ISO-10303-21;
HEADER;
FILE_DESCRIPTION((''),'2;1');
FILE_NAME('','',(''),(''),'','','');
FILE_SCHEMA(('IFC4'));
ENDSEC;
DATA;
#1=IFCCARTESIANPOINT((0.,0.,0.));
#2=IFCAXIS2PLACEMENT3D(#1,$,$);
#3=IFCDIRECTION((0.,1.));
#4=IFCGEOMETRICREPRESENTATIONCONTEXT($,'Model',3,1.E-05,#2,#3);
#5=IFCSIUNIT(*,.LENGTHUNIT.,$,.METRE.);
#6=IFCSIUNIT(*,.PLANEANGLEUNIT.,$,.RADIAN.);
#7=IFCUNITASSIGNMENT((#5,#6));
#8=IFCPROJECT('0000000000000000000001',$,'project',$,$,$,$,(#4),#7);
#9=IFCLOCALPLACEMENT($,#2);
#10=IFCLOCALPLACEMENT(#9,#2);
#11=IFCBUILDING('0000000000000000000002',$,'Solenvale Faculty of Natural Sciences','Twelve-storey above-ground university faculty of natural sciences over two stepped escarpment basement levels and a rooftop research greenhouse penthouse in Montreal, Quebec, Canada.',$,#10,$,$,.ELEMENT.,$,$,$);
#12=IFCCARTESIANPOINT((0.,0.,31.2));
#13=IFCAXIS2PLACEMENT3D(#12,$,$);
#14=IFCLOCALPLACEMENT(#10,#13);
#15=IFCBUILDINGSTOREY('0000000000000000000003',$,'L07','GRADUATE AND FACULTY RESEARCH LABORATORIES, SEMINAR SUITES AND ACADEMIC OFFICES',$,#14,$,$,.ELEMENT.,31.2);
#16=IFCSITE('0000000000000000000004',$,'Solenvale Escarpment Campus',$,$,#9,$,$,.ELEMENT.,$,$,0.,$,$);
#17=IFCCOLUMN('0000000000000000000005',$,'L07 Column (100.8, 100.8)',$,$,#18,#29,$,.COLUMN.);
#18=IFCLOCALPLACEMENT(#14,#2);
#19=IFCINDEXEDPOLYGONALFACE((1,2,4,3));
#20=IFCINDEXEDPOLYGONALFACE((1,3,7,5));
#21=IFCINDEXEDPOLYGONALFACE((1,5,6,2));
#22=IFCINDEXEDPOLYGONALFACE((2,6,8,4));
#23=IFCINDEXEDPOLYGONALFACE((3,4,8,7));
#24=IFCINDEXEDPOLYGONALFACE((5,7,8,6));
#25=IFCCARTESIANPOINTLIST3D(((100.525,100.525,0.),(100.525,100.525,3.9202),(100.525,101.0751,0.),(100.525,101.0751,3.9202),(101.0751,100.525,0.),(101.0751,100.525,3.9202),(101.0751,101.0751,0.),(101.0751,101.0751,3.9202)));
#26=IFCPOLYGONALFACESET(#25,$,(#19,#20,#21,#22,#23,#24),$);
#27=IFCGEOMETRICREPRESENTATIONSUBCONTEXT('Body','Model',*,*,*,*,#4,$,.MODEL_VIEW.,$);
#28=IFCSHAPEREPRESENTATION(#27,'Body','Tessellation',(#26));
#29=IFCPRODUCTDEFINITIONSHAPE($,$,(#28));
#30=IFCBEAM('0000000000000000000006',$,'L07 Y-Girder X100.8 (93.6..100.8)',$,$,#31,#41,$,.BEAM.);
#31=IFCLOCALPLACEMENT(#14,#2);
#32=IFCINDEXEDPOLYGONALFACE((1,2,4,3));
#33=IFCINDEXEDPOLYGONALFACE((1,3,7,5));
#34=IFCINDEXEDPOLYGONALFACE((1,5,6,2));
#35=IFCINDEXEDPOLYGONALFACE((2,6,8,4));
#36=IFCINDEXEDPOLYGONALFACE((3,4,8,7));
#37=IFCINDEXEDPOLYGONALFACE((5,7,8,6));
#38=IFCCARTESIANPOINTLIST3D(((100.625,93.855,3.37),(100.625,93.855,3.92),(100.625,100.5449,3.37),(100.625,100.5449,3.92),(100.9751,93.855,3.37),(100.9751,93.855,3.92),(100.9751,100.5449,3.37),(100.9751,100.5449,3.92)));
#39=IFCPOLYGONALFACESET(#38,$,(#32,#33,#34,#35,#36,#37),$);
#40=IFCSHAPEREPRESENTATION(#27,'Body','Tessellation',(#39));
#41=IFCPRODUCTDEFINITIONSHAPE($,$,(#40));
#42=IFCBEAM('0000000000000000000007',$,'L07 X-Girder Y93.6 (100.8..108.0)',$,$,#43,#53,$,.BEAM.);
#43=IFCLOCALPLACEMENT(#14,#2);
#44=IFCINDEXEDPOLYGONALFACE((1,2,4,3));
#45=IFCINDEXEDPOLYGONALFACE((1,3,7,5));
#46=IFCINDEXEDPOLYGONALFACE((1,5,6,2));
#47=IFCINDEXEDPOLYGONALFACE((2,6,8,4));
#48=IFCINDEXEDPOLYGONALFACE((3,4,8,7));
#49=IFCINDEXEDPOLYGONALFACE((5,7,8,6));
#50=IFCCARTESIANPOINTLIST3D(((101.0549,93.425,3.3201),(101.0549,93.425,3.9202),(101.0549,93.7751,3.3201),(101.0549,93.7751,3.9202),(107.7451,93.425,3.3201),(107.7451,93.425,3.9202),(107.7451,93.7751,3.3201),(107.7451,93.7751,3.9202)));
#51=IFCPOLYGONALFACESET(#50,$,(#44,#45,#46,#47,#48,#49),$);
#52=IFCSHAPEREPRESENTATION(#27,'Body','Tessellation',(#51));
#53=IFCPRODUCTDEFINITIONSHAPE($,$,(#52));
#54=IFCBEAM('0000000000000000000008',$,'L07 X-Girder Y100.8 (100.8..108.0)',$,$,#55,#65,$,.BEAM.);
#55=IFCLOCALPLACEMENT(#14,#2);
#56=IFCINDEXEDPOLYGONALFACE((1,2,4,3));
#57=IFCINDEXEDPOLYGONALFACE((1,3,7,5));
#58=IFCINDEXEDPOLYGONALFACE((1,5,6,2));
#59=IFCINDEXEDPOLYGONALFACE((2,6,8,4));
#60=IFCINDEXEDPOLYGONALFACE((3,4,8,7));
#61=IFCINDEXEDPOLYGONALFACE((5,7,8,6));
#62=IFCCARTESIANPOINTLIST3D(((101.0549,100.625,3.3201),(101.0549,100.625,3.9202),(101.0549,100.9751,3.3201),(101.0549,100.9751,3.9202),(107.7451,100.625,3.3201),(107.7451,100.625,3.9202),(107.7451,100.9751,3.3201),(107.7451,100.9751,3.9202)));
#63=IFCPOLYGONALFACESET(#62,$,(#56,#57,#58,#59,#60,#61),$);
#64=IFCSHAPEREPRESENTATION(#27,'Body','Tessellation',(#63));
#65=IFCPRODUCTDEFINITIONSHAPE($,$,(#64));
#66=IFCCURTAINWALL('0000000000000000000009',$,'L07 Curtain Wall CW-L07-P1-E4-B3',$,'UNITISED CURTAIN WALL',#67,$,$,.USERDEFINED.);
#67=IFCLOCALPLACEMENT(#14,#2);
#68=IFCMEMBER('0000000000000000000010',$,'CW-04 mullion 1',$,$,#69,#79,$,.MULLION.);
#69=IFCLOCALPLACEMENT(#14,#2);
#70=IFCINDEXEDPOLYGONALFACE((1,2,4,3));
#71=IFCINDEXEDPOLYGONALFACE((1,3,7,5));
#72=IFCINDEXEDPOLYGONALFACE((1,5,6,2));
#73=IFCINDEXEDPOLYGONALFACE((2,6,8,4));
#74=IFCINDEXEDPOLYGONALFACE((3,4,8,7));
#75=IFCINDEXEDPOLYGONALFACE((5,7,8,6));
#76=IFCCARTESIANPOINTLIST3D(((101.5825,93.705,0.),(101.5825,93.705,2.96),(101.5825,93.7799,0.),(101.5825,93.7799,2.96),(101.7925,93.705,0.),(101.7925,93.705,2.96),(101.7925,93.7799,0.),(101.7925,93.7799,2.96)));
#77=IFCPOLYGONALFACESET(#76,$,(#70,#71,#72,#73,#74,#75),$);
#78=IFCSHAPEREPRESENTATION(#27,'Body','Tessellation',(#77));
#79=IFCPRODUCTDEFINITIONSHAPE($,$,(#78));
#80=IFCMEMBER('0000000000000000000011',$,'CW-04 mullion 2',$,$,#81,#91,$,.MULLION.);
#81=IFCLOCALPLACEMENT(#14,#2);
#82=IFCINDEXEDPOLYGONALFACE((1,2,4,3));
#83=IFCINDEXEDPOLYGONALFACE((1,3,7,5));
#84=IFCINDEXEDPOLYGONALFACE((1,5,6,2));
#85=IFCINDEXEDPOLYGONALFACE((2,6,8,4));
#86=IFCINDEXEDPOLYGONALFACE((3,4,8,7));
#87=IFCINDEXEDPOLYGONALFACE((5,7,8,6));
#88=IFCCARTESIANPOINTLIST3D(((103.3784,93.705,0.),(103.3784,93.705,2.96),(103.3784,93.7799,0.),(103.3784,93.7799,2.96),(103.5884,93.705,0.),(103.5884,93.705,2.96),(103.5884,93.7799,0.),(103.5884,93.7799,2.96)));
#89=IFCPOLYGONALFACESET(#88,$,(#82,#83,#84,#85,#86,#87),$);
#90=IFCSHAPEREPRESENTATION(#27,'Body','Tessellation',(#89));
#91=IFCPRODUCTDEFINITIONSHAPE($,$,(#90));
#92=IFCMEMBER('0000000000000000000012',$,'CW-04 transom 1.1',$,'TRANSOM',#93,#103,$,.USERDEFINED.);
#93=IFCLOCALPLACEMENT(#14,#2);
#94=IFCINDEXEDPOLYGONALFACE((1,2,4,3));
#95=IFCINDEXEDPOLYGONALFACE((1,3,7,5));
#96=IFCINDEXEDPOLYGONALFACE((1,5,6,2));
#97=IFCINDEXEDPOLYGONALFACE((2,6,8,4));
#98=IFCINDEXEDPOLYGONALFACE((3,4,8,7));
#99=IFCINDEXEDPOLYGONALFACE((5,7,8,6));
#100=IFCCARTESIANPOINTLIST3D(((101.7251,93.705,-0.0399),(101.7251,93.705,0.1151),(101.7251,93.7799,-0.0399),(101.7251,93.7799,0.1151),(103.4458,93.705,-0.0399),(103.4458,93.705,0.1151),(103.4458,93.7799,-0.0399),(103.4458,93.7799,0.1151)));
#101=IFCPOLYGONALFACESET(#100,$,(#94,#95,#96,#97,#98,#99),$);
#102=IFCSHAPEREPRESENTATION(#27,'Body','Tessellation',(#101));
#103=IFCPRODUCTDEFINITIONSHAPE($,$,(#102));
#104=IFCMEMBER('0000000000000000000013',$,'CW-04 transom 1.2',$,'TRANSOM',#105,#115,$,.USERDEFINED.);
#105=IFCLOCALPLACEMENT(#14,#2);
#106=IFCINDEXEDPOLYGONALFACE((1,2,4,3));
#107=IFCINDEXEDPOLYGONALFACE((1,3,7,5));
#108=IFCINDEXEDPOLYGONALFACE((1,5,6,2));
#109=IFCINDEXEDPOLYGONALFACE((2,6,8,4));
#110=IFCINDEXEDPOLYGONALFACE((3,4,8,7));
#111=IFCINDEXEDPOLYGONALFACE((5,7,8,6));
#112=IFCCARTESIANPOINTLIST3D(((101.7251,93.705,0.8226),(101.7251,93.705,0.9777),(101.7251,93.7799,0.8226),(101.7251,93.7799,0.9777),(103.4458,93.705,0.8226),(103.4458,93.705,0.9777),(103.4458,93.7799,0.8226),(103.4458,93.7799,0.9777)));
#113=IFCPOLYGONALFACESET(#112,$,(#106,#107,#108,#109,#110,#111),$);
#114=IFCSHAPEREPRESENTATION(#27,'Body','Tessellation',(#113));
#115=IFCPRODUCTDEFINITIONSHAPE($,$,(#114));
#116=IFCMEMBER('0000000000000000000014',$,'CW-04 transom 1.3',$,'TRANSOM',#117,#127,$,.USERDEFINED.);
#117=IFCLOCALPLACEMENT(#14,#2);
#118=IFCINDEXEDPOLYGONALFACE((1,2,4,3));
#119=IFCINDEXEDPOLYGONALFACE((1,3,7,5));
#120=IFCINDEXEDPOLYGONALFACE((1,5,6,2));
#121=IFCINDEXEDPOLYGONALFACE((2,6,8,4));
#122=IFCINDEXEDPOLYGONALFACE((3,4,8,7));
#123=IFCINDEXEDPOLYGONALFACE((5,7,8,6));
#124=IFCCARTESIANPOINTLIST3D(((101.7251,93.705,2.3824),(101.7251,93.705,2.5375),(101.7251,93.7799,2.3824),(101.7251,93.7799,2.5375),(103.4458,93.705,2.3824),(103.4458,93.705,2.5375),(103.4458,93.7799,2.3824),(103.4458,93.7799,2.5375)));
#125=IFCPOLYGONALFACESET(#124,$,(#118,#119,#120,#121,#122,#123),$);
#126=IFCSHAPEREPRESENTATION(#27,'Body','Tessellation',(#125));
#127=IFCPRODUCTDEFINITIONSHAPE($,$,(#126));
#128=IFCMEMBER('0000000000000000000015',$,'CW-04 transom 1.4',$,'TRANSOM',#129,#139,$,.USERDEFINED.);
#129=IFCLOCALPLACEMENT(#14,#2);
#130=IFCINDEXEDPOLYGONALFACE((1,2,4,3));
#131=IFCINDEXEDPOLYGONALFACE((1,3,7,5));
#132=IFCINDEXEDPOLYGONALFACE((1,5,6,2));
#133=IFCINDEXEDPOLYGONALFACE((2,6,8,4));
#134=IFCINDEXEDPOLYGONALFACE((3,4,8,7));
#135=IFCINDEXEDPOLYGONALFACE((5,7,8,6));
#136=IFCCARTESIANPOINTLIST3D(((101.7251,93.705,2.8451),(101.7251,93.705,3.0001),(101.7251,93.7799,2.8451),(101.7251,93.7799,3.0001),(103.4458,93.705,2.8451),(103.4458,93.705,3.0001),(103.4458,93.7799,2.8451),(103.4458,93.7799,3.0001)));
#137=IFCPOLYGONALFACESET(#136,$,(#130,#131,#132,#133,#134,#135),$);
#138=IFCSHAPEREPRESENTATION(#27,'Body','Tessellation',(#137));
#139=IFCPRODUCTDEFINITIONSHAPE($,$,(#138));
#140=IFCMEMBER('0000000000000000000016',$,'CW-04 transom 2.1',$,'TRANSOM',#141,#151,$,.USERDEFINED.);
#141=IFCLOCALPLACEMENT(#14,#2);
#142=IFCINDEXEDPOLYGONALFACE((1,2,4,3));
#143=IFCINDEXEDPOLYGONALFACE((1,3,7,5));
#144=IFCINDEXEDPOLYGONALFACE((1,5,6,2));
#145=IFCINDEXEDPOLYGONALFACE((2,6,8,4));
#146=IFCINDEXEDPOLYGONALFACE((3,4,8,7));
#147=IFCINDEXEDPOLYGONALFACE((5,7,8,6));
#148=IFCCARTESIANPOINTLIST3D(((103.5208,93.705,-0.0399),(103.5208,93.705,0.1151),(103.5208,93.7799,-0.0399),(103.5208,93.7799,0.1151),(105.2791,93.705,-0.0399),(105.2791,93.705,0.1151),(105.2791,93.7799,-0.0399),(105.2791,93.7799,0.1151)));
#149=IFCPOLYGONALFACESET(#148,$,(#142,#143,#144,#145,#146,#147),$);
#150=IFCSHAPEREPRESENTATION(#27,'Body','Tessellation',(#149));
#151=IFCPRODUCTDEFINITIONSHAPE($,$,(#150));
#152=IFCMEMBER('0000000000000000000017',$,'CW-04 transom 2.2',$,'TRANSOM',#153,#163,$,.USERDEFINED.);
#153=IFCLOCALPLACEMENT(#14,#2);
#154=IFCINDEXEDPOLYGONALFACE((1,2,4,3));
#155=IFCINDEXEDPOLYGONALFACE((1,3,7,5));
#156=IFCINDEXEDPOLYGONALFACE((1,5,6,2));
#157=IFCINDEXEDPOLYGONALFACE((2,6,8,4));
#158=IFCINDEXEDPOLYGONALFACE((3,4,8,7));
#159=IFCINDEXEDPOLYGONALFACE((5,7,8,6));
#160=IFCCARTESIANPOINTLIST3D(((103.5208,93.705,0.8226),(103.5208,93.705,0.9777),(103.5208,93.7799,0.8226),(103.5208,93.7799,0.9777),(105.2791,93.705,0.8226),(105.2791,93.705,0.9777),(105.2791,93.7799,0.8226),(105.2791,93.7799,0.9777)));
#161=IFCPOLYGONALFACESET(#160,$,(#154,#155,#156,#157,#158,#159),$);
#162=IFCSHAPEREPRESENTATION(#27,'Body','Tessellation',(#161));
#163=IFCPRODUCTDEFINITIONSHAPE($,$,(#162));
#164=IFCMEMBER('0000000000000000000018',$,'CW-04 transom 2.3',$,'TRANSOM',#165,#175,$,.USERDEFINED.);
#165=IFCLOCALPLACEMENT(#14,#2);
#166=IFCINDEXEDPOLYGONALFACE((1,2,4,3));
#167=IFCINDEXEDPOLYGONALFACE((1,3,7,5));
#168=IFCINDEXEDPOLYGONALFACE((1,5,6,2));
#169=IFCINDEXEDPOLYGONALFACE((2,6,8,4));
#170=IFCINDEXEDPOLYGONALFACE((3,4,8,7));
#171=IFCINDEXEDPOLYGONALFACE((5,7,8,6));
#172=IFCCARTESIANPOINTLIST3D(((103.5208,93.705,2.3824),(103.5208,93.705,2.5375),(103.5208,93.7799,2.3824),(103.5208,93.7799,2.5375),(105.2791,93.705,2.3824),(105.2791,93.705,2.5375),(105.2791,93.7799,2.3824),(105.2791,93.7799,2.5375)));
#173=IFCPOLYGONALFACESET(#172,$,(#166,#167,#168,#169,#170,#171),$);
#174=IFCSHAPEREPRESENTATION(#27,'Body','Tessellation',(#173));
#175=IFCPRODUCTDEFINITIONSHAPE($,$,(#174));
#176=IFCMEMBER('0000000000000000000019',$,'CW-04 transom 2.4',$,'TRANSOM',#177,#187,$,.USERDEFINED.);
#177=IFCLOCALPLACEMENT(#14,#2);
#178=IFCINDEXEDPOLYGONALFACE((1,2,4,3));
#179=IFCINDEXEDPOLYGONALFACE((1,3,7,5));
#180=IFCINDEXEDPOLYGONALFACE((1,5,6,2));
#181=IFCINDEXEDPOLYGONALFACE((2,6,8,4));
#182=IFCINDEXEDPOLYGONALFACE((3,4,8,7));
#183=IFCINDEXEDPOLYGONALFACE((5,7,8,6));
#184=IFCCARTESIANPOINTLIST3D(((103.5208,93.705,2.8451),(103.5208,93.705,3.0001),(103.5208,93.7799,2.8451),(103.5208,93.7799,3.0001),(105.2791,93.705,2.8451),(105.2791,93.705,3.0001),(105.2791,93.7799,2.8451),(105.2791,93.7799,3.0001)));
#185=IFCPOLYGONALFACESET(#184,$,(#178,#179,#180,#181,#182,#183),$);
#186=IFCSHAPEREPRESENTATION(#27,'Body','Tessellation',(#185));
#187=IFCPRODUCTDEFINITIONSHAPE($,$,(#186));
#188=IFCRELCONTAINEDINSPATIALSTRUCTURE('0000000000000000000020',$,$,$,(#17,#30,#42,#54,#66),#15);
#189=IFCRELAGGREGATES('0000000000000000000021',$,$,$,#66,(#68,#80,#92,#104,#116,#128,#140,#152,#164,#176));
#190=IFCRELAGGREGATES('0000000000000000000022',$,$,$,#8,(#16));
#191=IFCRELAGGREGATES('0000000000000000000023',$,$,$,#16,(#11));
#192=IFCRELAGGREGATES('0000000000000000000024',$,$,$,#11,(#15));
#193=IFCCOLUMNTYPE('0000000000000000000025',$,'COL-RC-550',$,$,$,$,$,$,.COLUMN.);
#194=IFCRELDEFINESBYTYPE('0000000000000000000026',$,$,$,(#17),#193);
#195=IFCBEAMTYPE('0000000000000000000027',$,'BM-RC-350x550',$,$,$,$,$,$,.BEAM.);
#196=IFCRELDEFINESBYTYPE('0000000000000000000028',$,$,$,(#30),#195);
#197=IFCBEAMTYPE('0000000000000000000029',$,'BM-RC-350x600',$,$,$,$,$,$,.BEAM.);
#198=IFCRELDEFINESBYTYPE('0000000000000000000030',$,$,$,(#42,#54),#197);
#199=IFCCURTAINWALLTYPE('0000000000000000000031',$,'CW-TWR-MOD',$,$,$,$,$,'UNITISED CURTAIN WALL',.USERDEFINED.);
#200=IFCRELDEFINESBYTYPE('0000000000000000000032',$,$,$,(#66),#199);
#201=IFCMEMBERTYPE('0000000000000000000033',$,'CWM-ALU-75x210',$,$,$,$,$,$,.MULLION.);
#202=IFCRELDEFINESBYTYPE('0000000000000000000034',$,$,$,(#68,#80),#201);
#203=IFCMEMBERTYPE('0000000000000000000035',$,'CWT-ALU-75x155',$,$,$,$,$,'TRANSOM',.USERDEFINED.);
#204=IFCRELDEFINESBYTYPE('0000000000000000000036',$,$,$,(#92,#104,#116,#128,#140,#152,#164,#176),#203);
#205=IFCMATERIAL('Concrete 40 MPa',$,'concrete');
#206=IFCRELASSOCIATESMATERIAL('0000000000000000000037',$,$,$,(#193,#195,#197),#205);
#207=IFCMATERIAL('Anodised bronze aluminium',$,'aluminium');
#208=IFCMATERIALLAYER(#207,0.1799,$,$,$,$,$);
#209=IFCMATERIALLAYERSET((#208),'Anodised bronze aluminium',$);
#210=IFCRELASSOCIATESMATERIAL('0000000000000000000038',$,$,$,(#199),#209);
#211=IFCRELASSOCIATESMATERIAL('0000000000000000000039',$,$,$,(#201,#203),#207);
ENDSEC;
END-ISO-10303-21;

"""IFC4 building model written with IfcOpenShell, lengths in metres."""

from ifc_helpers import new_model, si_unit, direction, frame, origin, origin_2d, place, context, subcontext, project, spatial, rectangle, extrude, material, layer, layer_set, material_profile, profile_set, type_object, element, aggregate, save


model = new_model("IFC4")

# Units and contexts
model_context = context("Model", 3, precision=1e-05, world=origin(), true_north=direction((0.0, 1.0)))
body_context = subcontext(model_context, "Body", "Model", "MODEL_VIEW")
ifc_project = project(units=[si_unit("LENGTHUNIT", "METRE"), si_unit("PLANEANGLEUNIT", "RADIAN")], contexts=[model_context])

# Site, building, storey
site_placement = place(None, origin())
site = spatial("IfcSite", under=ifc_project, at=site_placement, Name="Solenvale Escarpment Campus", CompositionType="ELEMENT", RefElevation=0.0)
building_placement = place(site_placement, origin())
building = spatial("IfcBuilding", under=site, at=building_placement, Name="Solenvale Faculty of Natural Sciences", Description="Twelve-storey above-ground university faculty of natural sciences over two stepped escarpment basement levels and a rooftop research greenhouse penthouse in Montreal, Quebec, Canada.", CompositionType="ELEMENT")
storey_placement = place(building_placement, frame((0.0, 0.0, 31.2)))
storey = spatial("IfcBuildingStorey", under=building, at=storey_placement, Name="L07", Description="GRADUATE AND FACULTY RESEARCH LABORATORIES, SEMINAR SUITES AND ACADEMIC OFFICES", CompositionType="ELEMENT", Elevation=31.2)

# Column
ifc_material_1 = material(Name="Concrete 40 MPa", Category="concrete")
ifc_material_profile_1 = material_profile(ifc_material_1, rectangle(XDim=0.55, YDim=0.55, at=origin_2d()), Name="RC-COL-550x550")
ifc_profile_set_1 = profile_set([ifc_material_profile_1], Name="Concrete 40 MPa")
column_type = type_object("IfcColumnType", Name="COL-RC-550", PredefinedType="COLUMN", material=ifc_profile_set_1)
column_placement = place(storey_placement, frame((100.8, 100.8, 0.0), z_axis=(0.0, 0.0, 1.0), x_axis=(1.0, 0.0, 0.0)))
element("IfcColumn", 1, at=column_placement, inside=storey, type_object=column_type, Name="L07 Column (100.8, 100.8)", PredefinedType="COLUMN", context=body_context, shape_type="SweptSolid", body=[
    extrude(rectangle(XDim=0.55, YDim=0.55, at=origin_2d()), origin(), (0.0, 0.0, 1.0), 3.9202),
])

# Beams
ifc_material_profile_2 = material_profile(ifc_material_1, rectangle(XDim=0.3501, YDim=0.55, at=origin_2d()), Name="RC-BM-350x550")
ifc_profile_set_2 = profile_set([ifc_material_profile_2], Name="Concrete 40 MPa")
beam_type_1 = type_object("IfcBeamType", Name="BM-RC-350x550", PredefinedType="BEAM", material=ifc_profile_set_2)
beam_placement = place(storey_placement, frame((100.8, 93.855, 3.645), z_axis=(0.0, 1.0, 0.0), x_axis=(-1.0, 0.0, 0.0)))
element("IfcBeam", 2, at=beam_placement, inside=storey, type_object=beam_type_1, Name="L07 Y-Girder X100.8 (93.6..100.8)", PredefinedType="BEAM", context=body_context, shape_type="SweptSolid", body=[
    extrude(rectangle(XDim=0.3501, YDim=0.55, at=origin_2d()), origin(), (0.0, 0.0, 1.0), 6.6899),
])
ifc_material_profile_3 = material_profile(ifc_material_1, rectangle(XDim=0.3501, YDim=0.6001, at=origin_2d()), Name="RC-BM-350x600")
ifc_profile_set_3 = profile_set([ifc_material_profile_3], Name="Concrete 40 MPa")
beam_type_2 = type_object("IfcBeamType", Name="BM-RC-350x600", PredefinedType="BEAM", material=ifc_profile_set_3)
for number, where, z_axis, x_axis, name in (
    (3, (101.0549, 93.6001, 3.6201), (1.0, 0.0, 0.0), (0.0, 1.0, 0.0), "L07 X-Girder Y93.6 (100.8..108.0)"),
    (4, (101.0549, 100.8, 3.6201), (1.0, 0.0, 0.0), (0.0, 1.0, 0.0), "L07 X-Girder Y100.8 (100.8..108.0)"),
):
    element("IfcBeam", number, at=place(storey_placement, frame(where, z_axis=z_axis, x_axis=x_axis)), inside=storey, type_object=beam_type_2, Name=name, PredefinedType="BEAM", context=body_context, shape_type="SweptSolid", body=[
        extrude(rectangle(XDim=0.3501, YDim=0.6001, at=origin_2d()), origin(), (0.0, 0.0, 1.0), 6.6902),
    ])

# Curtain wall, members
ifc_material_2 = material(Name="Anodised bronze aluminium", Category="aluminium")
ifc_layer_1 = layer(ifc_material_2, 0.1799)
ifc_layer_set_1 = layer_set([ifc_layer_1], Name="Anodised bronze aluminium")
curtain_wall_type = type_object("IfcCurtainWallType", Name="CW-TWR-MOD", ElementType="UNITISED CURTAIN WALL", PredefinedType="USERDEFINED", material=ifc_layer_set_1)
curtain_wall_placement = place(storey_placement, origin())
curtain_wall = element("IfcCurtainWall", 5, at=curtain_wall_placement, inside=storey, type_object=curtain_wall_type, Name="L07 Curtain Wall CW-L07-P1-E4-B3", ObjectType="UNITISED CURTAIN WALL", PredefinedType="USERDEFINED")
ifc_material_profile_4 = material_profile(ifc_material_2, rectangle(XDim=0.075, YDim=0.21, at=origin_2d()), Name="ALU-MUL-75x210")
ifc_profile_set_4 = profile_set([ifc_material_profile_4], Name="Anodised bronze aluminium")
member_type_1 = type_object("IfcMemberType", Name="CWM-ALU-75x210", PredefinedType="MULLION", material=ifc_profile_set_4)
member_1_placement = place(storey_placement, frame((101.6875, 93.7424, 0.0), z_axis=(0.0, 0.0, 1.0), x_axis=(0.0, 1.0, 0.0)))
member_1 = element("IfcMember", 6, at=member_1_placement, type_object=member_type_1, Name="CW-04 mullion 1", PredefinedType="MULLION", context=body_context, shape_type="SweptSolid", body=[
    extrude(rectangle(XDim=0.075, YDim=0.21, at=origin_2d()), origin(), (0.0, 0.0, 1.0), 2.96),
])
member_2_placement = place(storey_placement, frame((103.4834, 93.7424, 0.0), z_axis=(0.0, 0.0, 1.0), x_axis=(0.0, 1.0, 0.0)))
member_2 = element("IfcMember", 7, at=member_2_placement, type_object=member_type_1, Name="CW-04 mullion 2", PredefinedType="MULLION", context=body_context, shape_type="SweptSolid", body=[
    extrude(rectangle(XDim=0.075, YDim=0.21, at=origin_2d()), origin(), (0.0, 0.0, 1.0), 2.96),
])
ifc_material_profile_5 = material_profile(ifc_material_2, rectangle(XDim=0.075, YDim=0.155, at=origin_2d()), Name="ALU-TRN-75x155")
ifc_profile_set_5 = profile_set([ifc_material_profile_5], Name="Anodised bronze aluminium")
member_type_2 = type_object("IfcMemberType", Name="CWT-ALU-75x155", ElementType="TRANSOM", PredefinedType="USERDEFINED", material=ifc_profile_set_5)
member_3_placement = place(storey_placement, frame((101.7251, 93.7424, 0.0376), z_axis=(1.0, 0.0, 0.0), x_axis=(0.0, 1.0, 0.0)))
member_3 = element("IfcMember", 8, at=member_3_placement, type_object=member_type_2, Name="CW-04 transom 1.1", ObjectType="TRANSOM", PredefinedType="USERDEFINED", context=body_context, shape_type="SweptSolid", body=[
    extrude(rectangle(XDim=0.075, YDim=0.155, at=origin_2d()), origin(), (0.0, 0.0, 1.0), 1.7207),
])
member_4_placement = place(storey_placement, frame((101.7251, 93.7424, 0.9001), z_axis=(1.0, 0.0, 0.0), x_axis=(0.0, 1.0, 0.0)))
member_4 = element("IfcMember", 9, at=member_4_placement, type_object=member_type_2, Name="CW-04 transom 1.2", ObjectType="TRANSOM", PredefinedType="USERDEFINED", context=body_context, shape_type="SweptSolid", body=[
    extrude(rectangle(XDim=0.075, YDim=0.155, at=origin_2d()), origin(), (0.0, 0.0, 1.0), 1.7207),
])
member_5_placement = place(storey_placement, frame((101.7251, 93.7424, 2.46), z_axis=(1.0, 0.0, 0.0), x_axis=(0.0, 1.0, 0.0)))
member_5 = element("IfcMember", 10, at=member_5_placement, type_object=member_type_2, Name="CW-04 transom 1.3", ObjectType="TRANSOM", PredefinedType="USERDEFINED", context=body_context, shape_type="SweptSolid", body=[
    extrude(rectangle(XDim=0.075, YDim=0.155, at=origin_2d()), origin(), (0.0, 0.0, 1.0), 1.7207),
])
member_6_placement = place(storey_placement, frame((101.7251, 93.7424, 2.9226), z_axis=(1.0, 0.0, 0.0), x_axis=(0.0, 1.0, 0.0)))
member_6 = element("IfcMember", 11, at=member_6_placement, type_object=member_type_2, Name="CW-04 transom 1.4", ObjectType="TRANSOM", PredefinedType="USERDEFINED", context=body_context, shape_type="SweptSolid", body=[
    extrude(rectangle(XDim=0.075, YDim=0.155, at=origin_2d()), origin(), (0.0, 0.0, 1.0), 1.7207),
])
member_7_placement = place(storey_placement, frame((103.5208, 93.7424, 0.0376), z_axis=(1.0, 0.0, 0.0), x_axis=(0.0, 1.0, 0.0)))
member_7 = element("IfcMember", 12, at=member_7_placement, type_object=member_type_2, Name="CW-04 transom 2.1", ObjectType="TRANSOM", PredefinedType="USERDEFINED", context=body_context, shape_type="SweptSolid", body=[
    extrude(rectangle(XDim=0.075, YDim=0.155, at=origin_2d()), origin(), (0.0, 0.0, 1.0), 1.7583),
])
member_8_placement = place(storey_placement, frame((103.5208, 93.7424, 0.9001), z_axis=(1.0, 0.0, 0.0), x_axis=(0.0, 1.0, 0.0)))
member_8 = element("IfcMember", 13, at=member_8_placement, type_object=member_type_2, Name="CW-04 transom 2.2", ObjectType="TRANSOM", PredefinedType="USERDEFINED", context=body_context, shape_type="SweptSolid", body=[
    extrude(rectangle(XDim=0.075, YDim=0.155, at=origin_2d()), origin(), (0.0, 0.0, 1.0), 1.7583),
])
member_9_placement = place(storey_placement, frame((103.5208, 93.7424, 2.46), z_axis=(1.0, 0.0, 0.0), x_axis=(0.0, 1.0, 0.0)))
member_9 = element("IfcMember", 14, at=member_9_placement, type_object=member_type_2, Name="CW-04 transom 2.3", ObjectType="TRANSOM", PredefinedType="USERDEFINED", context=body_context, shape_type="SweptSolid", body=[
    extrude(rectangle(XDim=0.075, YDim=0.155, at=origin_2d()), origin(), (0.0, 0.0, 1.0), 1.7583),
])
member_10_placement = place(storey_placement, frame((103.5208, 93.7424, 2.9226), z_axis=(1.0, 0.0, 0.0), x_axis=(0.0, 1.0, 0.0)))
member_10 = element("IfcMember", 15, at=member_10_placement, type_object=member_type_2, Name="CW-04 transom 2.4", ObjectType="TRANSOM", PredefinedType="USERDEFINED", context=body_context, shape_type="SweptSolid", body=[
    extrude(rectangle(XDim=0.075, YDim=0.155, at=origin_2d()), origin(), (0.0, 0.0, 1.0), 1.7583),
])
aggregate(curtain_wall, [member_1, member_2, member_3, member_4, member_5, member_6, member_7, member_8, member_9, member_10])

save(model, "model.ifc")
